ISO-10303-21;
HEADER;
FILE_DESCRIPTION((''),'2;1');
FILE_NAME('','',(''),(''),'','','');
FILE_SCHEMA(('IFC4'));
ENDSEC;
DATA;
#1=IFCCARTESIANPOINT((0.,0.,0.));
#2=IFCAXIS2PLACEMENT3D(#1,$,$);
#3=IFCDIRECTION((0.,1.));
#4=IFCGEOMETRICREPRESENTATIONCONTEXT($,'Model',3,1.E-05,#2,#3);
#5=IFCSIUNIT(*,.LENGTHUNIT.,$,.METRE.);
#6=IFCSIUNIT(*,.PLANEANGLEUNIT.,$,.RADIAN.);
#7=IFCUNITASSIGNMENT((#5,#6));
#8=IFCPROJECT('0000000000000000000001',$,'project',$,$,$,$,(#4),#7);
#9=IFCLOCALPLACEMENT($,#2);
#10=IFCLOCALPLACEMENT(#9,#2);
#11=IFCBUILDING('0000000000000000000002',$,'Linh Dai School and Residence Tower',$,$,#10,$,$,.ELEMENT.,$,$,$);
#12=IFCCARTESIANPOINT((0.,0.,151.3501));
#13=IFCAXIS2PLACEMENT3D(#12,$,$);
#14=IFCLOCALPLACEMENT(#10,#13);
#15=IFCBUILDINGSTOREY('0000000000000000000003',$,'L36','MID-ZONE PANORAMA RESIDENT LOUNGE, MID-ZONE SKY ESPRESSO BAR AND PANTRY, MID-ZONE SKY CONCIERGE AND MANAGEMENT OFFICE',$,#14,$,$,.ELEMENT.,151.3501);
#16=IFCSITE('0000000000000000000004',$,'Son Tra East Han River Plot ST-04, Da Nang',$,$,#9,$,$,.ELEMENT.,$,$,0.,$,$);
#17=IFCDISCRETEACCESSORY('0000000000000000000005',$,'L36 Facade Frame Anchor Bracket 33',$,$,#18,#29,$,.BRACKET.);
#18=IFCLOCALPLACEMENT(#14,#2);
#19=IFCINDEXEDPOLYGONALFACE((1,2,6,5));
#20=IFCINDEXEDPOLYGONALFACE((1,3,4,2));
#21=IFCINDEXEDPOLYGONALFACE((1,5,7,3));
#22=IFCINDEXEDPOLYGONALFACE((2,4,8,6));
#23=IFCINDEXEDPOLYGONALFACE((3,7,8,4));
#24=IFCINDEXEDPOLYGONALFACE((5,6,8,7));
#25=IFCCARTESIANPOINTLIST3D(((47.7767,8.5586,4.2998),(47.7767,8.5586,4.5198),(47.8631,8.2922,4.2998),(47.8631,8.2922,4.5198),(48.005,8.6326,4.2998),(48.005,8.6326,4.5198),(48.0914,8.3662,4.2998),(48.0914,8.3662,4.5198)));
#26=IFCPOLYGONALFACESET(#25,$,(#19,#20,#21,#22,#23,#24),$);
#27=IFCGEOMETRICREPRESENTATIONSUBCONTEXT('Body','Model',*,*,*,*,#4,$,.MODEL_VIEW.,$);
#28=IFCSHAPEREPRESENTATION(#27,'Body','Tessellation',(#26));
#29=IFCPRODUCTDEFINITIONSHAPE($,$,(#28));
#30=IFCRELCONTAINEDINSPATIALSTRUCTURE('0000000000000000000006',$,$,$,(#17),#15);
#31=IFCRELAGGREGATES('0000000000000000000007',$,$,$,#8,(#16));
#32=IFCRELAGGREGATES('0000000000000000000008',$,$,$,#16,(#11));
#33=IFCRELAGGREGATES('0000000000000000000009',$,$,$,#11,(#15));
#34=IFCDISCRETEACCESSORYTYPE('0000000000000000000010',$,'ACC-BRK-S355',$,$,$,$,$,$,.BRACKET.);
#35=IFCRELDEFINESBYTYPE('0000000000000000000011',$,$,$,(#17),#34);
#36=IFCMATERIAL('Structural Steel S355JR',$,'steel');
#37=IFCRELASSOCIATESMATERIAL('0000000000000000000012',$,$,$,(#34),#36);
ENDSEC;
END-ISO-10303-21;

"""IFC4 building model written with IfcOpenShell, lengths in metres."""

from ifc_helpers import new_model, si_unit, direction, frame, origin, origin_2d, place, context, subcontext, project, spatial, rectangle, extrude, source, transform, mapped, material, type_object, element, save


model = new_model("IFC4")

# Units and contexts
model_context = context("Model", 3, precision=1e-05, world=origin(), true_north=direction((0.0, 1.0)))
body_context = subcontext(model_context, "Body", "Model", "MODEL_VIEW")
ifc_project = project(units=[si_unit("LENGTHUNIT", "METRE"), si_unit("PLANEANGLEUNIT", "RADIAN")], contexts=[model_context])

# Site, building, storey
site_placement = place(None, origin())
site = spatial("IfcSite", under=ifc_project, at=site_placement, Name="Son Tra East Han River Plot ST-04, Da Nang", CompositionType="ELEMENT", RefElevation=0.0)
building_placement = place(site_placement, origin())
building = spatial("IfcBuilding", under=site, at=building_placement, Name="Linh Dai School and Residence Tower", CompositionType="ELEMENT")
storey_placement = place(building_placement, frame((0.0, 0.0, 151.3501)))
storey = spatial("IfcBuildingStorey", under=building, at=storey_placement, Name="L36", Description="MID-ZONE PANORAMA RESIDENT LOUNGE, MID-ZONE SKY ESPRESSO BAR AND PANTRY, MID-ZONE SKY CONCIERGE AND MANAGEMENT OFFICE", CompositionType="ELEMENT", Elevation=151.3501)

# Shared definitions
ifc_material_1 = material(Name="Structural Steel S355JR", Category="steel")

# Discrete accessory
discrete_accessory_type = type_object("IfcDiscreteAccessoryType", Name="ACC-BRK-S355", PredefinedType="BRACKET", material=ifc_material_1)
shared_shape_1 = source(origin(), body_context, "Body", "SweptSolid", [
    extrude(rectangle(XDim=0.28, YDim=0.24, at=origin_2d()), origin(), (0.0, 0.0, 1.0), 0.22),
])
discrete_accessory_placement = place(storey_placement, frame((47.9341, 8.4624, 4.2998), z_axis=(0.0, 0.0, 1.0), x_axis=(0.308536, -0.951213, 0.0)))
element("IfcDiscreteAccessory", 1, at=discrete_accessory_placement, inside=storey, type_object=discrete_accessory_type, Name="L36 Facade Frame Anchor Bracket 33", PredefinedType="BRACKET", context=body_context, shape_type="MappedRepresentation", body=[
    mapped(shared_shape_1, transform((0.0, 0.0, 0.0), x_axis=(1.0, 0.0, 0.0), y_axis=(0.0, 1.0, 0.0), z_axis=(0.0, 0.0, 1.0), scale=1.0)),
])

save(model, "model.ifc")
